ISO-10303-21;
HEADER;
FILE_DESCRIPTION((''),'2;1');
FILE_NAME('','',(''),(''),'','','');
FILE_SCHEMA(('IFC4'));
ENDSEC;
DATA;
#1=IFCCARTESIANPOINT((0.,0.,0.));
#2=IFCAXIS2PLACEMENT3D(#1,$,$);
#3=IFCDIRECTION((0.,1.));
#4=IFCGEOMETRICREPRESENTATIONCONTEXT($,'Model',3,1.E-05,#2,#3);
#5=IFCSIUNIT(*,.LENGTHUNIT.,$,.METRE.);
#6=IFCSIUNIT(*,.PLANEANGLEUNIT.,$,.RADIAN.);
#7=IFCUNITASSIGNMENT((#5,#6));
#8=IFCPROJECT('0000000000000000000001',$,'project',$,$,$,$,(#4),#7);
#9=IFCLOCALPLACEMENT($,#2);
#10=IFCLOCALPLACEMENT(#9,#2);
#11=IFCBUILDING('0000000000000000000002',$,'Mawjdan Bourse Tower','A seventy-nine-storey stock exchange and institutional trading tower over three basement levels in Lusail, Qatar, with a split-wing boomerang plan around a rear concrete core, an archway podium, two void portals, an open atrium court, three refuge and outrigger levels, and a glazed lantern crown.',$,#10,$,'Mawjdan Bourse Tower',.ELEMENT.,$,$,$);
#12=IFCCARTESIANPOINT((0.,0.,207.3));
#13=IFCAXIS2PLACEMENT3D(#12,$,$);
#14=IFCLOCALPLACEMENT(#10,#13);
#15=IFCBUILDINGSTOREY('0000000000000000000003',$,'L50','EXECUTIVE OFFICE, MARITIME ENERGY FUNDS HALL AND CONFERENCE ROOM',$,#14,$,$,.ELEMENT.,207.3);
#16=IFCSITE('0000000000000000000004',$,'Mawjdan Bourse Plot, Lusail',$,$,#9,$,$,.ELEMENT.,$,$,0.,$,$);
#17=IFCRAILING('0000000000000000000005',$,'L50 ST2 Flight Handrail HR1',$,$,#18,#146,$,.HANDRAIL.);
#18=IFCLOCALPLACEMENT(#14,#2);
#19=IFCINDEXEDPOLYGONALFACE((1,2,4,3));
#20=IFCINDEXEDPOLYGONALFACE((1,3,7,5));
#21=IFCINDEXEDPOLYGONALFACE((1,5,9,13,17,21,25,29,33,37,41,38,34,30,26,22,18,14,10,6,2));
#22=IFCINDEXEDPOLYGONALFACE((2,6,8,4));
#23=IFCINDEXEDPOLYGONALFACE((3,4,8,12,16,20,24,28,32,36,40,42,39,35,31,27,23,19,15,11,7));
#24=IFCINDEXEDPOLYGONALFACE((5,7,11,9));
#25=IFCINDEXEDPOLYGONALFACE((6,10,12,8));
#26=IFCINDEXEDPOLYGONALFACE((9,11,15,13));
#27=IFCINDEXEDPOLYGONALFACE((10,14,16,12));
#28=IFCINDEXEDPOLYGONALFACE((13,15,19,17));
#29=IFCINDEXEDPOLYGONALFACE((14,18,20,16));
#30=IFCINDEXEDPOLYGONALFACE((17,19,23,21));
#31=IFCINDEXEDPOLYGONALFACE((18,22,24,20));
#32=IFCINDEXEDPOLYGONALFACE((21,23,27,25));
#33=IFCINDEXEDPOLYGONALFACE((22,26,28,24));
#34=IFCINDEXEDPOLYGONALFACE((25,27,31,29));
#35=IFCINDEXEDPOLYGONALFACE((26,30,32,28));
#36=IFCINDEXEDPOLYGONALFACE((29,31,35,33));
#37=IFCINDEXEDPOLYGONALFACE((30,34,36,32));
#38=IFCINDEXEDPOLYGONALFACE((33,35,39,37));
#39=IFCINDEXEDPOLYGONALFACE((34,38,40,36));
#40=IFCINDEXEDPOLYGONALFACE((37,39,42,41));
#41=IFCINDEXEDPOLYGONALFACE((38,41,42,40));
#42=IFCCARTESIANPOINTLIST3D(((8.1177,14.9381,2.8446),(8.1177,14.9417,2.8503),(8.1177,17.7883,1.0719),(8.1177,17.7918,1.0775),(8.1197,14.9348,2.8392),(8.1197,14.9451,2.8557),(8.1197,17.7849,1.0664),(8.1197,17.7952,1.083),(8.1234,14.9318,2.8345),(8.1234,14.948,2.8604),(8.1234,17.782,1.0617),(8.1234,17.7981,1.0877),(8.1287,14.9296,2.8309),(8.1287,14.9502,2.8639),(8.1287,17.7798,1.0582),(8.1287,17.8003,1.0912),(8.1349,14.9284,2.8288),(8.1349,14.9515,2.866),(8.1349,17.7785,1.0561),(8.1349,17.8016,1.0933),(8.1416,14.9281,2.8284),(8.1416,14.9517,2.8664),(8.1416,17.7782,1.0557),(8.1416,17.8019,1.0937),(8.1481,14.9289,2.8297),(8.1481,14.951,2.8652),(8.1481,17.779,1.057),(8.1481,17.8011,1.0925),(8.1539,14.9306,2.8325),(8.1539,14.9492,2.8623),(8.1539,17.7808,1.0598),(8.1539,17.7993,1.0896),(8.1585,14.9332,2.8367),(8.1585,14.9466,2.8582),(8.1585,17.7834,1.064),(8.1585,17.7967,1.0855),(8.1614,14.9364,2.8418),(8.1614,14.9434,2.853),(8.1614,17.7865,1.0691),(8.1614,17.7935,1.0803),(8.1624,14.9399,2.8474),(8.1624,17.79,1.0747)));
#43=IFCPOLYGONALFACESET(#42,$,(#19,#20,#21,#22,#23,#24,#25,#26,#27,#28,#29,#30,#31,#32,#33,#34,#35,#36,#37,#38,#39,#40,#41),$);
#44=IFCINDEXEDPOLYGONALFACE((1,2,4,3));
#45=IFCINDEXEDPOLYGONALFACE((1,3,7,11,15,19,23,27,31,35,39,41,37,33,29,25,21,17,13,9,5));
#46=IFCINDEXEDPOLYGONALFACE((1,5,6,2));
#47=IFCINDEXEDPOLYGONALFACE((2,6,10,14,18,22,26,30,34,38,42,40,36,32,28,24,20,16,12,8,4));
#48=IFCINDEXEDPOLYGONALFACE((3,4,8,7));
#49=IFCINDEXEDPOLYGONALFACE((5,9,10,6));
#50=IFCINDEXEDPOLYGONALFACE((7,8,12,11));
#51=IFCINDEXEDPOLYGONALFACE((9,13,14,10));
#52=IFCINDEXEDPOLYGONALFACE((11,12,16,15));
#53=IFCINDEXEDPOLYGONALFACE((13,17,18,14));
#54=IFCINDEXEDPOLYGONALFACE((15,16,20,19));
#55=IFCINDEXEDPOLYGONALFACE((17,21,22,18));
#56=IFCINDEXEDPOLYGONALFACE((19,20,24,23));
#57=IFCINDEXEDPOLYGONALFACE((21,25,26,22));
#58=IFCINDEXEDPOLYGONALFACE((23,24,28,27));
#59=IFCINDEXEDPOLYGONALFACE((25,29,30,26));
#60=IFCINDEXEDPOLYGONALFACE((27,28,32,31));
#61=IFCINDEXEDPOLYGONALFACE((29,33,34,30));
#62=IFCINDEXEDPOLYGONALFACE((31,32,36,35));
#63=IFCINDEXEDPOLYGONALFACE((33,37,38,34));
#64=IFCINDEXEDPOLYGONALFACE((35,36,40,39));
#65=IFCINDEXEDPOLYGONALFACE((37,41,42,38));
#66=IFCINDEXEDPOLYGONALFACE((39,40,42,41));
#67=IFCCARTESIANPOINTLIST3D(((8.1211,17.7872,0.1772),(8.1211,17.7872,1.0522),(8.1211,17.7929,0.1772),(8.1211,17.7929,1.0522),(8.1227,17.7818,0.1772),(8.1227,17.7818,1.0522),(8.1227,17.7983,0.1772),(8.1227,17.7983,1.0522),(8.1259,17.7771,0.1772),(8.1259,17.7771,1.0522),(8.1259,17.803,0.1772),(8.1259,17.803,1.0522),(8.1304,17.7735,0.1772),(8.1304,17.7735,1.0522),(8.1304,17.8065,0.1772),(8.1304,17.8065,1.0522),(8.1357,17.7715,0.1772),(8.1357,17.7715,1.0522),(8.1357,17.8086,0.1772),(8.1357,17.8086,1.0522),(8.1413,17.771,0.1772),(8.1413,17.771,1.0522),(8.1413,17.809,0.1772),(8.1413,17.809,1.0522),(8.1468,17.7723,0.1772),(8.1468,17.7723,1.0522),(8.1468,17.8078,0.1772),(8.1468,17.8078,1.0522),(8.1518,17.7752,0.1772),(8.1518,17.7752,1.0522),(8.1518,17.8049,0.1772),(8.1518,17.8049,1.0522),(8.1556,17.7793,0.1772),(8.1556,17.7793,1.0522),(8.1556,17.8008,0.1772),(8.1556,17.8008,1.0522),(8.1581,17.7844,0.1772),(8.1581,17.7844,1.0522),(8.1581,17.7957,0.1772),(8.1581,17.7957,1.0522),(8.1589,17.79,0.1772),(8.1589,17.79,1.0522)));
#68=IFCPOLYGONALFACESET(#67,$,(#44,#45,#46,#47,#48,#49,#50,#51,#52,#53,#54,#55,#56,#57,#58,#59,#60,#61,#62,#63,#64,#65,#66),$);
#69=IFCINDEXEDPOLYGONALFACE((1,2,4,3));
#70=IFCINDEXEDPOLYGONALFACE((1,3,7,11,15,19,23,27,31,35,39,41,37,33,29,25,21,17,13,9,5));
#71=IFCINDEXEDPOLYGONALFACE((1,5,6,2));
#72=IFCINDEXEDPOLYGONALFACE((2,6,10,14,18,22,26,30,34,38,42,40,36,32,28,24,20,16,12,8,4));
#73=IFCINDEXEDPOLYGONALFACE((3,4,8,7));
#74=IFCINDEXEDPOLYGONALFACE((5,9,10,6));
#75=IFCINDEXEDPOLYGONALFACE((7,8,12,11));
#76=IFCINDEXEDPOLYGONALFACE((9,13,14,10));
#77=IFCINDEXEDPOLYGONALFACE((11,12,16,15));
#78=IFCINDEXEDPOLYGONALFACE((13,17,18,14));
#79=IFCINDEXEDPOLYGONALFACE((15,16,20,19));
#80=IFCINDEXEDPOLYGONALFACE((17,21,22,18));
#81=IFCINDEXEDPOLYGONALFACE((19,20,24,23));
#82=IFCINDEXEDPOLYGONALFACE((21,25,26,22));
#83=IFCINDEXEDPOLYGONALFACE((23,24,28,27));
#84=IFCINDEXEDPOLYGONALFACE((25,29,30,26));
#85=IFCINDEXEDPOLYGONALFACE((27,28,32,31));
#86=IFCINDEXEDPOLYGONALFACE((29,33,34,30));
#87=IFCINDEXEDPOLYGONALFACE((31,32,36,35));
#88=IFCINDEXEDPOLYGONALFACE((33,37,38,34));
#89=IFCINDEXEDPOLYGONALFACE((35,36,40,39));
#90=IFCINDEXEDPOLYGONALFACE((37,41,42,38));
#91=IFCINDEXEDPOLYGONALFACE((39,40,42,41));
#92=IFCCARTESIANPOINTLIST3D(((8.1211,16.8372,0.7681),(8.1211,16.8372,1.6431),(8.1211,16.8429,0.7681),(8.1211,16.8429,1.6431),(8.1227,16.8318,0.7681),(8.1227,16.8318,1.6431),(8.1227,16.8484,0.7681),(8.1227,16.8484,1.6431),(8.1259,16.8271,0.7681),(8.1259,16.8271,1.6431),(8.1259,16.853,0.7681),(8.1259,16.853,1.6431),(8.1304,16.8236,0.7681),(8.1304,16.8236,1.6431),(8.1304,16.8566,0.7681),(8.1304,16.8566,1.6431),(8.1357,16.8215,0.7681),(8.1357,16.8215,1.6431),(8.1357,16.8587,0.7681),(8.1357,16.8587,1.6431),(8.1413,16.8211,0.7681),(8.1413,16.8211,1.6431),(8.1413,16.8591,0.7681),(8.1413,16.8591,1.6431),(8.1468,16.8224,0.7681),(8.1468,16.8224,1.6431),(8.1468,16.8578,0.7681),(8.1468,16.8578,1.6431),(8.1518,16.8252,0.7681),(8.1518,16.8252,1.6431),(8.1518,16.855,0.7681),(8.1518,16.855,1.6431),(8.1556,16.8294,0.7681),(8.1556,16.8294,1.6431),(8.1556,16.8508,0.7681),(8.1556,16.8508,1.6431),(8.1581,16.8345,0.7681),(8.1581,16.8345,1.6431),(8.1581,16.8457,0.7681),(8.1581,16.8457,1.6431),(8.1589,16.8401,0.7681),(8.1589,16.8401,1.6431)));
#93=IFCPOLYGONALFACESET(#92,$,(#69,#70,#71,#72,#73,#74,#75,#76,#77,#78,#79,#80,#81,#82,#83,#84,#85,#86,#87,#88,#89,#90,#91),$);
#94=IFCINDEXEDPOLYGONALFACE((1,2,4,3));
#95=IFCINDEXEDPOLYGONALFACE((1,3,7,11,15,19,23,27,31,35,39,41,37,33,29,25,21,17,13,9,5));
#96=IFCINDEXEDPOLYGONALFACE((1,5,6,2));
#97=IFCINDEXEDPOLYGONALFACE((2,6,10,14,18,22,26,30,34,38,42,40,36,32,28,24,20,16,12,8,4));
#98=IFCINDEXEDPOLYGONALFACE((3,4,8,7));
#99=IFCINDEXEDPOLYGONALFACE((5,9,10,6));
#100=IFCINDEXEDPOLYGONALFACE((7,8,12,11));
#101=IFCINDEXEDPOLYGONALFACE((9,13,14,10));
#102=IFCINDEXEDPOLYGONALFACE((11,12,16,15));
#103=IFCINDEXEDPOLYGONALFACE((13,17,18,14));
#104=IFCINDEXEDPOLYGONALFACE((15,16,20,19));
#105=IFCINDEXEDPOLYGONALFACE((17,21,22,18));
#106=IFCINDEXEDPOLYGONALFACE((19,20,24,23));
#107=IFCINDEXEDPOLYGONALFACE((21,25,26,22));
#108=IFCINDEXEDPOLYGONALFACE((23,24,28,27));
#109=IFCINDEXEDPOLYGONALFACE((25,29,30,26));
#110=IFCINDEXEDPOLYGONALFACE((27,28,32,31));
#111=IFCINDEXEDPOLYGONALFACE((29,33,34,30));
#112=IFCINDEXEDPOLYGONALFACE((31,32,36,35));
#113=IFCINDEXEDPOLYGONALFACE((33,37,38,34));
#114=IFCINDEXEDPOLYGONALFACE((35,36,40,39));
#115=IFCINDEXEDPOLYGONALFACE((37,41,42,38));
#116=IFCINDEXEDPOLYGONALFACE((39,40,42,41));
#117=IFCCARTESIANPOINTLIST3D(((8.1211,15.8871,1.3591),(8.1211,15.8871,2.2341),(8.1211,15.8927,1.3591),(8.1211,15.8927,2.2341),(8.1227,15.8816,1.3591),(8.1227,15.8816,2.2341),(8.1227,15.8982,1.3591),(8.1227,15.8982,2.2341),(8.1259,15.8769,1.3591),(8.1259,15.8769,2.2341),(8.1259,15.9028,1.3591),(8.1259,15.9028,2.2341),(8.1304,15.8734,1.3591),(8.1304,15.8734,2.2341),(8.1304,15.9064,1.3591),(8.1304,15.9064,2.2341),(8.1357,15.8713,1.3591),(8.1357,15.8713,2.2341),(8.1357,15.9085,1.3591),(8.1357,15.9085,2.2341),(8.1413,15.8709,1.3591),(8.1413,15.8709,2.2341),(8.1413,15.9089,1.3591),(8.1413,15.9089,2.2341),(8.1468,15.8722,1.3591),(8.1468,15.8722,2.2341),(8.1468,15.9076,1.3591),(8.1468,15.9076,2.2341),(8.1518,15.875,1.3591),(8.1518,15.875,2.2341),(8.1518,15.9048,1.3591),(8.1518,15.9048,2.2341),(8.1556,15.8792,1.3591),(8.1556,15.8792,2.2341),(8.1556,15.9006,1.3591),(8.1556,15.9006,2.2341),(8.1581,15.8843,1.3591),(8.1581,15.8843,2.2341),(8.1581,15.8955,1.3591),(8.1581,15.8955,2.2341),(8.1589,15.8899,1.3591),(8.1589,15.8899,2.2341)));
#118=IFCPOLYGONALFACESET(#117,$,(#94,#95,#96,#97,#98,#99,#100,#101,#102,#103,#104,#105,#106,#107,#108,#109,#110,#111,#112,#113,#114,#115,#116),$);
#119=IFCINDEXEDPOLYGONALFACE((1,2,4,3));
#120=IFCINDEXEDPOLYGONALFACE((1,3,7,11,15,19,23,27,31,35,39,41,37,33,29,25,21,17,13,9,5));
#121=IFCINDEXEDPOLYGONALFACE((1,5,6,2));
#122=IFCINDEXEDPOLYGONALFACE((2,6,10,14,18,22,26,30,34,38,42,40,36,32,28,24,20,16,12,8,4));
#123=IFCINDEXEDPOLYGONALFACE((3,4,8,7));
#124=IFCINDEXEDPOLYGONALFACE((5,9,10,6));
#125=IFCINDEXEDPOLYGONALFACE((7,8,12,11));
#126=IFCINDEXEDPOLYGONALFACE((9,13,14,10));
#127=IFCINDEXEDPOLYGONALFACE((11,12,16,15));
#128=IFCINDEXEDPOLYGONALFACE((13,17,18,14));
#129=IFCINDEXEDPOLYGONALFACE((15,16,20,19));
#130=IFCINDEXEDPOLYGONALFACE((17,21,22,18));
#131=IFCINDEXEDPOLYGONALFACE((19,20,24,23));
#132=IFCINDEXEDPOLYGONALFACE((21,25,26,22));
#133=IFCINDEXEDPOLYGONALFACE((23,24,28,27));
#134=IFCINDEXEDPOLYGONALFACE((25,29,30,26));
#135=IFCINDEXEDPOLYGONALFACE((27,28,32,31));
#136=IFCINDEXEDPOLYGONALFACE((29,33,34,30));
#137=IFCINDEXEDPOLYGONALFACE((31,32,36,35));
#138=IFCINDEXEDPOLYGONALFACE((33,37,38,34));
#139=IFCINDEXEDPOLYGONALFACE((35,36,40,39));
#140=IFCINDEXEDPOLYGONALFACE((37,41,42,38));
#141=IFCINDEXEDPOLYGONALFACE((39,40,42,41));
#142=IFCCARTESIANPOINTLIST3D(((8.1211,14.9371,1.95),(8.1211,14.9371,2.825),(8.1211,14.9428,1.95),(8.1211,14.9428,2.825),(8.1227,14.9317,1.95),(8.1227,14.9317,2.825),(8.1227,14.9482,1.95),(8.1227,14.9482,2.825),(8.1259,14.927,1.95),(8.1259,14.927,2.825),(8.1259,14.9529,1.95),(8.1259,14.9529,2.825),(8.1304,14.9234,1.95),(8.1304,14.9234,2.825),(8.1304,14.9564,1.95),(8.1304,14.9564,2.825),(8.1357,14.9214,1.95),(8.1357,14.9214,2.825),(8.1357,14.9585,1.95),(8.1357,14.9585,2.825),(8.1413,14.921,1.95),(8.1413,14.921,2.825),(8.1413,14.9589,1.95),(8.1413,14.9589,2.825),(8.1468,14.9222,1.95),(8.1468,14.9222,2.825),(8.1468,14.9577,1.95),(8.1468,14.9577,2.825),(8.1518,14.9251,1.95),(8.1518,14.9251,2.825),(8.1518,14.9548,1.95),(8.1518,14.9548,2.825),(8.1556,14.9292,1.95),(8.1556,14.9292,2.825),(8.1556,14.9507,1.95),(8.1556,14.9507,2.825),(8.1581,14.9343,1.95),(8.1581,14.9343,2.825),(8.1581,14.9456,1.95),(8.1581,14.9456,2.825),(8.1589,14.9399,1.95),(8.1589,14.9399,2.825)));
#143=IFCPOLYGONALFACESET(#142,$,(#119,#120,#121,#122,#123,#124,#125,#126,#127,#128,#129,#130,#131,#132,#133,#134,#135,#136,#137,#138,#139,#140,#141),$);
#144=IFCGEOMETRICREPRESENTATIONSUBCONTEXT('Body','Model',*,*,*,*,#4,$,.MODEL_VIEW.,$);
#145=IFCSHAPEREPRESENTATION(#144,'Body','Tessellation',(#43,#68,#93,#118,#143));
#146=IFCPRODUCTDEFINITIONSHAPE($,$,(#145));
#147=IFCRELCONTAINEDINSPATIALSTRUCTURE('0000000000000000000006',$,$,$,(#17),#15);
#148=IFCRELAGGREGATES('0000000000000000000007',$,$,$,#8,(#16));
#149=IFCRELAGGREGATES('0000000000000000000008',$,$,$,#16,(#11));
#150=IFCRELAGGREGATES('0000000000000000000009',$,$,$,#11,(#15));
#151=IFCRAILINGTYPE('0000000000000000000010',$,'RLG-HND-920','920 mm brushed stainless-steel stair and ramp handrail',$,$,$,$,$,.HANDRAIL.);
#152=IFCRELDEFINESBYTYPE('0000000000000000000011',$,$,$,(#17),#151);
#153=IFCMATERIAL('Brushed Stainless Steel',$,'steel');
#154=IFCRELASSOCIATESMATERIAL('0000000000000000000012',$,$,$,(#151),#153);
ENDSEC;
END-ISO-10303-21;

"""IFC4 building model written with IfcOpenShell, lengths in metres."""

from ifc_helpers import new_model, si_unit, direction, frame, origin, origin_2d, place, context, subcontext, project, spatial, circle, extrude, material, type_object, element, save


model = new_model("IFC4")

# Units and contexts
model_context = context("Model", 3, precision=1e-05, world=origin(), true_north=direction((0.0, 1.0)))
body_context = subcontext(model_context, "Body", "Model", "MODEL_VIEW")
ifc_project = project(units=[si_unit("LENGTHUNIT", "METRE"), si_unit("PLANEANGLEUNIT", "RADIAN")], contexts=[model_context])

# Site, building, storey
site_placement = place(None, origin())
site = spatial("IfcSite", under=ifc_project, at=site_placement, Name="Mawjdan Bourse Plot, Lusail", CompositionType="ELEMENT", RefElevation=0.0)
building_placement = place(site_placement, origin())
building = spatial("IfcBuilding", under=site, at=building_placement, Name="Mawjdan Bourse Tower", Description="A seventy-nine-storey stock exchange and institutional trading tower over three basement levels in Lusail, Qatar, with a split-wing boomerang plan around a rear concrete core, an archway podium, two void portals, an open atrium court, three refuge and outrigger levels, and a glazed lantern crown.", LongName="Mawjdan Bourse Tower", CompositionType="ELEMENT")
storey_placement = place(building_placement, frame((0.0, 0.0, 207.3)))
storey = spatial("IfcBuildingStorey", under=building, at=storey_placement, Name="L50", Description="EXECUTIVE OFFICE, MARITIME ENERGY FUNDS HALL AND CONFERENCE ROOM", CompositionType="ELEMENT", Elevation=207.3)

# Railing
ifc_material_1 = material(Name="Brushed Stainless Steel", Category="steel")
railing_type_1 = type_object("IfcRailingType", Name="RLG-HND-920", Description="920 mm brushed stainless-steel stair and ramp handrail", PredefinedType="HANDRAIL", material=ifc_material_1)
railing_1_placement = place(storey_placement, frame((8.1399, 17.79, 0.1772)))
element("IfcRailing", 1, at=railing_1_placement, inside=storey, type_object=railing_type_1, Name="L50 ST2 Flight Handrail HR1", PredefinedType="HANDRAIL", context=body_context, shape_type="SweptSolid", body=[
    extrude(circle(Radius=0.0225, at=origin_2d()), frame((0.0, 0.0, 0.8975), z_axis=(0.0, -0.849149, 0.528154), x_axis=(1.0, 0.0, 0.0)), (0.0, 0.0, 1.0), 3.3564),
    extrude(circle(Radius=0.019, at=origin_2d()), origin(), (0.0, 0.0, 1.0), 0.875),
    extrude(circle(Radius=0.019, at=origin_2d()), frame((0.0, -0.95, 0.5908)), (0.0, 0.0, 1.0), 0.875),
    extrude(circle(Radius=0.019, at=origin_2d()), frame((0.0, -1.9001, 1.1819)), (0.0, 0.0, 1.0), 0.875),
    extrude(circle(Radius=0.019, at=origin_2d()), frame((0.0, -2.8501, 1.7727)), (0.0, 0.0, 1.0), 0.875),
])

save(model, "model.ifc")
